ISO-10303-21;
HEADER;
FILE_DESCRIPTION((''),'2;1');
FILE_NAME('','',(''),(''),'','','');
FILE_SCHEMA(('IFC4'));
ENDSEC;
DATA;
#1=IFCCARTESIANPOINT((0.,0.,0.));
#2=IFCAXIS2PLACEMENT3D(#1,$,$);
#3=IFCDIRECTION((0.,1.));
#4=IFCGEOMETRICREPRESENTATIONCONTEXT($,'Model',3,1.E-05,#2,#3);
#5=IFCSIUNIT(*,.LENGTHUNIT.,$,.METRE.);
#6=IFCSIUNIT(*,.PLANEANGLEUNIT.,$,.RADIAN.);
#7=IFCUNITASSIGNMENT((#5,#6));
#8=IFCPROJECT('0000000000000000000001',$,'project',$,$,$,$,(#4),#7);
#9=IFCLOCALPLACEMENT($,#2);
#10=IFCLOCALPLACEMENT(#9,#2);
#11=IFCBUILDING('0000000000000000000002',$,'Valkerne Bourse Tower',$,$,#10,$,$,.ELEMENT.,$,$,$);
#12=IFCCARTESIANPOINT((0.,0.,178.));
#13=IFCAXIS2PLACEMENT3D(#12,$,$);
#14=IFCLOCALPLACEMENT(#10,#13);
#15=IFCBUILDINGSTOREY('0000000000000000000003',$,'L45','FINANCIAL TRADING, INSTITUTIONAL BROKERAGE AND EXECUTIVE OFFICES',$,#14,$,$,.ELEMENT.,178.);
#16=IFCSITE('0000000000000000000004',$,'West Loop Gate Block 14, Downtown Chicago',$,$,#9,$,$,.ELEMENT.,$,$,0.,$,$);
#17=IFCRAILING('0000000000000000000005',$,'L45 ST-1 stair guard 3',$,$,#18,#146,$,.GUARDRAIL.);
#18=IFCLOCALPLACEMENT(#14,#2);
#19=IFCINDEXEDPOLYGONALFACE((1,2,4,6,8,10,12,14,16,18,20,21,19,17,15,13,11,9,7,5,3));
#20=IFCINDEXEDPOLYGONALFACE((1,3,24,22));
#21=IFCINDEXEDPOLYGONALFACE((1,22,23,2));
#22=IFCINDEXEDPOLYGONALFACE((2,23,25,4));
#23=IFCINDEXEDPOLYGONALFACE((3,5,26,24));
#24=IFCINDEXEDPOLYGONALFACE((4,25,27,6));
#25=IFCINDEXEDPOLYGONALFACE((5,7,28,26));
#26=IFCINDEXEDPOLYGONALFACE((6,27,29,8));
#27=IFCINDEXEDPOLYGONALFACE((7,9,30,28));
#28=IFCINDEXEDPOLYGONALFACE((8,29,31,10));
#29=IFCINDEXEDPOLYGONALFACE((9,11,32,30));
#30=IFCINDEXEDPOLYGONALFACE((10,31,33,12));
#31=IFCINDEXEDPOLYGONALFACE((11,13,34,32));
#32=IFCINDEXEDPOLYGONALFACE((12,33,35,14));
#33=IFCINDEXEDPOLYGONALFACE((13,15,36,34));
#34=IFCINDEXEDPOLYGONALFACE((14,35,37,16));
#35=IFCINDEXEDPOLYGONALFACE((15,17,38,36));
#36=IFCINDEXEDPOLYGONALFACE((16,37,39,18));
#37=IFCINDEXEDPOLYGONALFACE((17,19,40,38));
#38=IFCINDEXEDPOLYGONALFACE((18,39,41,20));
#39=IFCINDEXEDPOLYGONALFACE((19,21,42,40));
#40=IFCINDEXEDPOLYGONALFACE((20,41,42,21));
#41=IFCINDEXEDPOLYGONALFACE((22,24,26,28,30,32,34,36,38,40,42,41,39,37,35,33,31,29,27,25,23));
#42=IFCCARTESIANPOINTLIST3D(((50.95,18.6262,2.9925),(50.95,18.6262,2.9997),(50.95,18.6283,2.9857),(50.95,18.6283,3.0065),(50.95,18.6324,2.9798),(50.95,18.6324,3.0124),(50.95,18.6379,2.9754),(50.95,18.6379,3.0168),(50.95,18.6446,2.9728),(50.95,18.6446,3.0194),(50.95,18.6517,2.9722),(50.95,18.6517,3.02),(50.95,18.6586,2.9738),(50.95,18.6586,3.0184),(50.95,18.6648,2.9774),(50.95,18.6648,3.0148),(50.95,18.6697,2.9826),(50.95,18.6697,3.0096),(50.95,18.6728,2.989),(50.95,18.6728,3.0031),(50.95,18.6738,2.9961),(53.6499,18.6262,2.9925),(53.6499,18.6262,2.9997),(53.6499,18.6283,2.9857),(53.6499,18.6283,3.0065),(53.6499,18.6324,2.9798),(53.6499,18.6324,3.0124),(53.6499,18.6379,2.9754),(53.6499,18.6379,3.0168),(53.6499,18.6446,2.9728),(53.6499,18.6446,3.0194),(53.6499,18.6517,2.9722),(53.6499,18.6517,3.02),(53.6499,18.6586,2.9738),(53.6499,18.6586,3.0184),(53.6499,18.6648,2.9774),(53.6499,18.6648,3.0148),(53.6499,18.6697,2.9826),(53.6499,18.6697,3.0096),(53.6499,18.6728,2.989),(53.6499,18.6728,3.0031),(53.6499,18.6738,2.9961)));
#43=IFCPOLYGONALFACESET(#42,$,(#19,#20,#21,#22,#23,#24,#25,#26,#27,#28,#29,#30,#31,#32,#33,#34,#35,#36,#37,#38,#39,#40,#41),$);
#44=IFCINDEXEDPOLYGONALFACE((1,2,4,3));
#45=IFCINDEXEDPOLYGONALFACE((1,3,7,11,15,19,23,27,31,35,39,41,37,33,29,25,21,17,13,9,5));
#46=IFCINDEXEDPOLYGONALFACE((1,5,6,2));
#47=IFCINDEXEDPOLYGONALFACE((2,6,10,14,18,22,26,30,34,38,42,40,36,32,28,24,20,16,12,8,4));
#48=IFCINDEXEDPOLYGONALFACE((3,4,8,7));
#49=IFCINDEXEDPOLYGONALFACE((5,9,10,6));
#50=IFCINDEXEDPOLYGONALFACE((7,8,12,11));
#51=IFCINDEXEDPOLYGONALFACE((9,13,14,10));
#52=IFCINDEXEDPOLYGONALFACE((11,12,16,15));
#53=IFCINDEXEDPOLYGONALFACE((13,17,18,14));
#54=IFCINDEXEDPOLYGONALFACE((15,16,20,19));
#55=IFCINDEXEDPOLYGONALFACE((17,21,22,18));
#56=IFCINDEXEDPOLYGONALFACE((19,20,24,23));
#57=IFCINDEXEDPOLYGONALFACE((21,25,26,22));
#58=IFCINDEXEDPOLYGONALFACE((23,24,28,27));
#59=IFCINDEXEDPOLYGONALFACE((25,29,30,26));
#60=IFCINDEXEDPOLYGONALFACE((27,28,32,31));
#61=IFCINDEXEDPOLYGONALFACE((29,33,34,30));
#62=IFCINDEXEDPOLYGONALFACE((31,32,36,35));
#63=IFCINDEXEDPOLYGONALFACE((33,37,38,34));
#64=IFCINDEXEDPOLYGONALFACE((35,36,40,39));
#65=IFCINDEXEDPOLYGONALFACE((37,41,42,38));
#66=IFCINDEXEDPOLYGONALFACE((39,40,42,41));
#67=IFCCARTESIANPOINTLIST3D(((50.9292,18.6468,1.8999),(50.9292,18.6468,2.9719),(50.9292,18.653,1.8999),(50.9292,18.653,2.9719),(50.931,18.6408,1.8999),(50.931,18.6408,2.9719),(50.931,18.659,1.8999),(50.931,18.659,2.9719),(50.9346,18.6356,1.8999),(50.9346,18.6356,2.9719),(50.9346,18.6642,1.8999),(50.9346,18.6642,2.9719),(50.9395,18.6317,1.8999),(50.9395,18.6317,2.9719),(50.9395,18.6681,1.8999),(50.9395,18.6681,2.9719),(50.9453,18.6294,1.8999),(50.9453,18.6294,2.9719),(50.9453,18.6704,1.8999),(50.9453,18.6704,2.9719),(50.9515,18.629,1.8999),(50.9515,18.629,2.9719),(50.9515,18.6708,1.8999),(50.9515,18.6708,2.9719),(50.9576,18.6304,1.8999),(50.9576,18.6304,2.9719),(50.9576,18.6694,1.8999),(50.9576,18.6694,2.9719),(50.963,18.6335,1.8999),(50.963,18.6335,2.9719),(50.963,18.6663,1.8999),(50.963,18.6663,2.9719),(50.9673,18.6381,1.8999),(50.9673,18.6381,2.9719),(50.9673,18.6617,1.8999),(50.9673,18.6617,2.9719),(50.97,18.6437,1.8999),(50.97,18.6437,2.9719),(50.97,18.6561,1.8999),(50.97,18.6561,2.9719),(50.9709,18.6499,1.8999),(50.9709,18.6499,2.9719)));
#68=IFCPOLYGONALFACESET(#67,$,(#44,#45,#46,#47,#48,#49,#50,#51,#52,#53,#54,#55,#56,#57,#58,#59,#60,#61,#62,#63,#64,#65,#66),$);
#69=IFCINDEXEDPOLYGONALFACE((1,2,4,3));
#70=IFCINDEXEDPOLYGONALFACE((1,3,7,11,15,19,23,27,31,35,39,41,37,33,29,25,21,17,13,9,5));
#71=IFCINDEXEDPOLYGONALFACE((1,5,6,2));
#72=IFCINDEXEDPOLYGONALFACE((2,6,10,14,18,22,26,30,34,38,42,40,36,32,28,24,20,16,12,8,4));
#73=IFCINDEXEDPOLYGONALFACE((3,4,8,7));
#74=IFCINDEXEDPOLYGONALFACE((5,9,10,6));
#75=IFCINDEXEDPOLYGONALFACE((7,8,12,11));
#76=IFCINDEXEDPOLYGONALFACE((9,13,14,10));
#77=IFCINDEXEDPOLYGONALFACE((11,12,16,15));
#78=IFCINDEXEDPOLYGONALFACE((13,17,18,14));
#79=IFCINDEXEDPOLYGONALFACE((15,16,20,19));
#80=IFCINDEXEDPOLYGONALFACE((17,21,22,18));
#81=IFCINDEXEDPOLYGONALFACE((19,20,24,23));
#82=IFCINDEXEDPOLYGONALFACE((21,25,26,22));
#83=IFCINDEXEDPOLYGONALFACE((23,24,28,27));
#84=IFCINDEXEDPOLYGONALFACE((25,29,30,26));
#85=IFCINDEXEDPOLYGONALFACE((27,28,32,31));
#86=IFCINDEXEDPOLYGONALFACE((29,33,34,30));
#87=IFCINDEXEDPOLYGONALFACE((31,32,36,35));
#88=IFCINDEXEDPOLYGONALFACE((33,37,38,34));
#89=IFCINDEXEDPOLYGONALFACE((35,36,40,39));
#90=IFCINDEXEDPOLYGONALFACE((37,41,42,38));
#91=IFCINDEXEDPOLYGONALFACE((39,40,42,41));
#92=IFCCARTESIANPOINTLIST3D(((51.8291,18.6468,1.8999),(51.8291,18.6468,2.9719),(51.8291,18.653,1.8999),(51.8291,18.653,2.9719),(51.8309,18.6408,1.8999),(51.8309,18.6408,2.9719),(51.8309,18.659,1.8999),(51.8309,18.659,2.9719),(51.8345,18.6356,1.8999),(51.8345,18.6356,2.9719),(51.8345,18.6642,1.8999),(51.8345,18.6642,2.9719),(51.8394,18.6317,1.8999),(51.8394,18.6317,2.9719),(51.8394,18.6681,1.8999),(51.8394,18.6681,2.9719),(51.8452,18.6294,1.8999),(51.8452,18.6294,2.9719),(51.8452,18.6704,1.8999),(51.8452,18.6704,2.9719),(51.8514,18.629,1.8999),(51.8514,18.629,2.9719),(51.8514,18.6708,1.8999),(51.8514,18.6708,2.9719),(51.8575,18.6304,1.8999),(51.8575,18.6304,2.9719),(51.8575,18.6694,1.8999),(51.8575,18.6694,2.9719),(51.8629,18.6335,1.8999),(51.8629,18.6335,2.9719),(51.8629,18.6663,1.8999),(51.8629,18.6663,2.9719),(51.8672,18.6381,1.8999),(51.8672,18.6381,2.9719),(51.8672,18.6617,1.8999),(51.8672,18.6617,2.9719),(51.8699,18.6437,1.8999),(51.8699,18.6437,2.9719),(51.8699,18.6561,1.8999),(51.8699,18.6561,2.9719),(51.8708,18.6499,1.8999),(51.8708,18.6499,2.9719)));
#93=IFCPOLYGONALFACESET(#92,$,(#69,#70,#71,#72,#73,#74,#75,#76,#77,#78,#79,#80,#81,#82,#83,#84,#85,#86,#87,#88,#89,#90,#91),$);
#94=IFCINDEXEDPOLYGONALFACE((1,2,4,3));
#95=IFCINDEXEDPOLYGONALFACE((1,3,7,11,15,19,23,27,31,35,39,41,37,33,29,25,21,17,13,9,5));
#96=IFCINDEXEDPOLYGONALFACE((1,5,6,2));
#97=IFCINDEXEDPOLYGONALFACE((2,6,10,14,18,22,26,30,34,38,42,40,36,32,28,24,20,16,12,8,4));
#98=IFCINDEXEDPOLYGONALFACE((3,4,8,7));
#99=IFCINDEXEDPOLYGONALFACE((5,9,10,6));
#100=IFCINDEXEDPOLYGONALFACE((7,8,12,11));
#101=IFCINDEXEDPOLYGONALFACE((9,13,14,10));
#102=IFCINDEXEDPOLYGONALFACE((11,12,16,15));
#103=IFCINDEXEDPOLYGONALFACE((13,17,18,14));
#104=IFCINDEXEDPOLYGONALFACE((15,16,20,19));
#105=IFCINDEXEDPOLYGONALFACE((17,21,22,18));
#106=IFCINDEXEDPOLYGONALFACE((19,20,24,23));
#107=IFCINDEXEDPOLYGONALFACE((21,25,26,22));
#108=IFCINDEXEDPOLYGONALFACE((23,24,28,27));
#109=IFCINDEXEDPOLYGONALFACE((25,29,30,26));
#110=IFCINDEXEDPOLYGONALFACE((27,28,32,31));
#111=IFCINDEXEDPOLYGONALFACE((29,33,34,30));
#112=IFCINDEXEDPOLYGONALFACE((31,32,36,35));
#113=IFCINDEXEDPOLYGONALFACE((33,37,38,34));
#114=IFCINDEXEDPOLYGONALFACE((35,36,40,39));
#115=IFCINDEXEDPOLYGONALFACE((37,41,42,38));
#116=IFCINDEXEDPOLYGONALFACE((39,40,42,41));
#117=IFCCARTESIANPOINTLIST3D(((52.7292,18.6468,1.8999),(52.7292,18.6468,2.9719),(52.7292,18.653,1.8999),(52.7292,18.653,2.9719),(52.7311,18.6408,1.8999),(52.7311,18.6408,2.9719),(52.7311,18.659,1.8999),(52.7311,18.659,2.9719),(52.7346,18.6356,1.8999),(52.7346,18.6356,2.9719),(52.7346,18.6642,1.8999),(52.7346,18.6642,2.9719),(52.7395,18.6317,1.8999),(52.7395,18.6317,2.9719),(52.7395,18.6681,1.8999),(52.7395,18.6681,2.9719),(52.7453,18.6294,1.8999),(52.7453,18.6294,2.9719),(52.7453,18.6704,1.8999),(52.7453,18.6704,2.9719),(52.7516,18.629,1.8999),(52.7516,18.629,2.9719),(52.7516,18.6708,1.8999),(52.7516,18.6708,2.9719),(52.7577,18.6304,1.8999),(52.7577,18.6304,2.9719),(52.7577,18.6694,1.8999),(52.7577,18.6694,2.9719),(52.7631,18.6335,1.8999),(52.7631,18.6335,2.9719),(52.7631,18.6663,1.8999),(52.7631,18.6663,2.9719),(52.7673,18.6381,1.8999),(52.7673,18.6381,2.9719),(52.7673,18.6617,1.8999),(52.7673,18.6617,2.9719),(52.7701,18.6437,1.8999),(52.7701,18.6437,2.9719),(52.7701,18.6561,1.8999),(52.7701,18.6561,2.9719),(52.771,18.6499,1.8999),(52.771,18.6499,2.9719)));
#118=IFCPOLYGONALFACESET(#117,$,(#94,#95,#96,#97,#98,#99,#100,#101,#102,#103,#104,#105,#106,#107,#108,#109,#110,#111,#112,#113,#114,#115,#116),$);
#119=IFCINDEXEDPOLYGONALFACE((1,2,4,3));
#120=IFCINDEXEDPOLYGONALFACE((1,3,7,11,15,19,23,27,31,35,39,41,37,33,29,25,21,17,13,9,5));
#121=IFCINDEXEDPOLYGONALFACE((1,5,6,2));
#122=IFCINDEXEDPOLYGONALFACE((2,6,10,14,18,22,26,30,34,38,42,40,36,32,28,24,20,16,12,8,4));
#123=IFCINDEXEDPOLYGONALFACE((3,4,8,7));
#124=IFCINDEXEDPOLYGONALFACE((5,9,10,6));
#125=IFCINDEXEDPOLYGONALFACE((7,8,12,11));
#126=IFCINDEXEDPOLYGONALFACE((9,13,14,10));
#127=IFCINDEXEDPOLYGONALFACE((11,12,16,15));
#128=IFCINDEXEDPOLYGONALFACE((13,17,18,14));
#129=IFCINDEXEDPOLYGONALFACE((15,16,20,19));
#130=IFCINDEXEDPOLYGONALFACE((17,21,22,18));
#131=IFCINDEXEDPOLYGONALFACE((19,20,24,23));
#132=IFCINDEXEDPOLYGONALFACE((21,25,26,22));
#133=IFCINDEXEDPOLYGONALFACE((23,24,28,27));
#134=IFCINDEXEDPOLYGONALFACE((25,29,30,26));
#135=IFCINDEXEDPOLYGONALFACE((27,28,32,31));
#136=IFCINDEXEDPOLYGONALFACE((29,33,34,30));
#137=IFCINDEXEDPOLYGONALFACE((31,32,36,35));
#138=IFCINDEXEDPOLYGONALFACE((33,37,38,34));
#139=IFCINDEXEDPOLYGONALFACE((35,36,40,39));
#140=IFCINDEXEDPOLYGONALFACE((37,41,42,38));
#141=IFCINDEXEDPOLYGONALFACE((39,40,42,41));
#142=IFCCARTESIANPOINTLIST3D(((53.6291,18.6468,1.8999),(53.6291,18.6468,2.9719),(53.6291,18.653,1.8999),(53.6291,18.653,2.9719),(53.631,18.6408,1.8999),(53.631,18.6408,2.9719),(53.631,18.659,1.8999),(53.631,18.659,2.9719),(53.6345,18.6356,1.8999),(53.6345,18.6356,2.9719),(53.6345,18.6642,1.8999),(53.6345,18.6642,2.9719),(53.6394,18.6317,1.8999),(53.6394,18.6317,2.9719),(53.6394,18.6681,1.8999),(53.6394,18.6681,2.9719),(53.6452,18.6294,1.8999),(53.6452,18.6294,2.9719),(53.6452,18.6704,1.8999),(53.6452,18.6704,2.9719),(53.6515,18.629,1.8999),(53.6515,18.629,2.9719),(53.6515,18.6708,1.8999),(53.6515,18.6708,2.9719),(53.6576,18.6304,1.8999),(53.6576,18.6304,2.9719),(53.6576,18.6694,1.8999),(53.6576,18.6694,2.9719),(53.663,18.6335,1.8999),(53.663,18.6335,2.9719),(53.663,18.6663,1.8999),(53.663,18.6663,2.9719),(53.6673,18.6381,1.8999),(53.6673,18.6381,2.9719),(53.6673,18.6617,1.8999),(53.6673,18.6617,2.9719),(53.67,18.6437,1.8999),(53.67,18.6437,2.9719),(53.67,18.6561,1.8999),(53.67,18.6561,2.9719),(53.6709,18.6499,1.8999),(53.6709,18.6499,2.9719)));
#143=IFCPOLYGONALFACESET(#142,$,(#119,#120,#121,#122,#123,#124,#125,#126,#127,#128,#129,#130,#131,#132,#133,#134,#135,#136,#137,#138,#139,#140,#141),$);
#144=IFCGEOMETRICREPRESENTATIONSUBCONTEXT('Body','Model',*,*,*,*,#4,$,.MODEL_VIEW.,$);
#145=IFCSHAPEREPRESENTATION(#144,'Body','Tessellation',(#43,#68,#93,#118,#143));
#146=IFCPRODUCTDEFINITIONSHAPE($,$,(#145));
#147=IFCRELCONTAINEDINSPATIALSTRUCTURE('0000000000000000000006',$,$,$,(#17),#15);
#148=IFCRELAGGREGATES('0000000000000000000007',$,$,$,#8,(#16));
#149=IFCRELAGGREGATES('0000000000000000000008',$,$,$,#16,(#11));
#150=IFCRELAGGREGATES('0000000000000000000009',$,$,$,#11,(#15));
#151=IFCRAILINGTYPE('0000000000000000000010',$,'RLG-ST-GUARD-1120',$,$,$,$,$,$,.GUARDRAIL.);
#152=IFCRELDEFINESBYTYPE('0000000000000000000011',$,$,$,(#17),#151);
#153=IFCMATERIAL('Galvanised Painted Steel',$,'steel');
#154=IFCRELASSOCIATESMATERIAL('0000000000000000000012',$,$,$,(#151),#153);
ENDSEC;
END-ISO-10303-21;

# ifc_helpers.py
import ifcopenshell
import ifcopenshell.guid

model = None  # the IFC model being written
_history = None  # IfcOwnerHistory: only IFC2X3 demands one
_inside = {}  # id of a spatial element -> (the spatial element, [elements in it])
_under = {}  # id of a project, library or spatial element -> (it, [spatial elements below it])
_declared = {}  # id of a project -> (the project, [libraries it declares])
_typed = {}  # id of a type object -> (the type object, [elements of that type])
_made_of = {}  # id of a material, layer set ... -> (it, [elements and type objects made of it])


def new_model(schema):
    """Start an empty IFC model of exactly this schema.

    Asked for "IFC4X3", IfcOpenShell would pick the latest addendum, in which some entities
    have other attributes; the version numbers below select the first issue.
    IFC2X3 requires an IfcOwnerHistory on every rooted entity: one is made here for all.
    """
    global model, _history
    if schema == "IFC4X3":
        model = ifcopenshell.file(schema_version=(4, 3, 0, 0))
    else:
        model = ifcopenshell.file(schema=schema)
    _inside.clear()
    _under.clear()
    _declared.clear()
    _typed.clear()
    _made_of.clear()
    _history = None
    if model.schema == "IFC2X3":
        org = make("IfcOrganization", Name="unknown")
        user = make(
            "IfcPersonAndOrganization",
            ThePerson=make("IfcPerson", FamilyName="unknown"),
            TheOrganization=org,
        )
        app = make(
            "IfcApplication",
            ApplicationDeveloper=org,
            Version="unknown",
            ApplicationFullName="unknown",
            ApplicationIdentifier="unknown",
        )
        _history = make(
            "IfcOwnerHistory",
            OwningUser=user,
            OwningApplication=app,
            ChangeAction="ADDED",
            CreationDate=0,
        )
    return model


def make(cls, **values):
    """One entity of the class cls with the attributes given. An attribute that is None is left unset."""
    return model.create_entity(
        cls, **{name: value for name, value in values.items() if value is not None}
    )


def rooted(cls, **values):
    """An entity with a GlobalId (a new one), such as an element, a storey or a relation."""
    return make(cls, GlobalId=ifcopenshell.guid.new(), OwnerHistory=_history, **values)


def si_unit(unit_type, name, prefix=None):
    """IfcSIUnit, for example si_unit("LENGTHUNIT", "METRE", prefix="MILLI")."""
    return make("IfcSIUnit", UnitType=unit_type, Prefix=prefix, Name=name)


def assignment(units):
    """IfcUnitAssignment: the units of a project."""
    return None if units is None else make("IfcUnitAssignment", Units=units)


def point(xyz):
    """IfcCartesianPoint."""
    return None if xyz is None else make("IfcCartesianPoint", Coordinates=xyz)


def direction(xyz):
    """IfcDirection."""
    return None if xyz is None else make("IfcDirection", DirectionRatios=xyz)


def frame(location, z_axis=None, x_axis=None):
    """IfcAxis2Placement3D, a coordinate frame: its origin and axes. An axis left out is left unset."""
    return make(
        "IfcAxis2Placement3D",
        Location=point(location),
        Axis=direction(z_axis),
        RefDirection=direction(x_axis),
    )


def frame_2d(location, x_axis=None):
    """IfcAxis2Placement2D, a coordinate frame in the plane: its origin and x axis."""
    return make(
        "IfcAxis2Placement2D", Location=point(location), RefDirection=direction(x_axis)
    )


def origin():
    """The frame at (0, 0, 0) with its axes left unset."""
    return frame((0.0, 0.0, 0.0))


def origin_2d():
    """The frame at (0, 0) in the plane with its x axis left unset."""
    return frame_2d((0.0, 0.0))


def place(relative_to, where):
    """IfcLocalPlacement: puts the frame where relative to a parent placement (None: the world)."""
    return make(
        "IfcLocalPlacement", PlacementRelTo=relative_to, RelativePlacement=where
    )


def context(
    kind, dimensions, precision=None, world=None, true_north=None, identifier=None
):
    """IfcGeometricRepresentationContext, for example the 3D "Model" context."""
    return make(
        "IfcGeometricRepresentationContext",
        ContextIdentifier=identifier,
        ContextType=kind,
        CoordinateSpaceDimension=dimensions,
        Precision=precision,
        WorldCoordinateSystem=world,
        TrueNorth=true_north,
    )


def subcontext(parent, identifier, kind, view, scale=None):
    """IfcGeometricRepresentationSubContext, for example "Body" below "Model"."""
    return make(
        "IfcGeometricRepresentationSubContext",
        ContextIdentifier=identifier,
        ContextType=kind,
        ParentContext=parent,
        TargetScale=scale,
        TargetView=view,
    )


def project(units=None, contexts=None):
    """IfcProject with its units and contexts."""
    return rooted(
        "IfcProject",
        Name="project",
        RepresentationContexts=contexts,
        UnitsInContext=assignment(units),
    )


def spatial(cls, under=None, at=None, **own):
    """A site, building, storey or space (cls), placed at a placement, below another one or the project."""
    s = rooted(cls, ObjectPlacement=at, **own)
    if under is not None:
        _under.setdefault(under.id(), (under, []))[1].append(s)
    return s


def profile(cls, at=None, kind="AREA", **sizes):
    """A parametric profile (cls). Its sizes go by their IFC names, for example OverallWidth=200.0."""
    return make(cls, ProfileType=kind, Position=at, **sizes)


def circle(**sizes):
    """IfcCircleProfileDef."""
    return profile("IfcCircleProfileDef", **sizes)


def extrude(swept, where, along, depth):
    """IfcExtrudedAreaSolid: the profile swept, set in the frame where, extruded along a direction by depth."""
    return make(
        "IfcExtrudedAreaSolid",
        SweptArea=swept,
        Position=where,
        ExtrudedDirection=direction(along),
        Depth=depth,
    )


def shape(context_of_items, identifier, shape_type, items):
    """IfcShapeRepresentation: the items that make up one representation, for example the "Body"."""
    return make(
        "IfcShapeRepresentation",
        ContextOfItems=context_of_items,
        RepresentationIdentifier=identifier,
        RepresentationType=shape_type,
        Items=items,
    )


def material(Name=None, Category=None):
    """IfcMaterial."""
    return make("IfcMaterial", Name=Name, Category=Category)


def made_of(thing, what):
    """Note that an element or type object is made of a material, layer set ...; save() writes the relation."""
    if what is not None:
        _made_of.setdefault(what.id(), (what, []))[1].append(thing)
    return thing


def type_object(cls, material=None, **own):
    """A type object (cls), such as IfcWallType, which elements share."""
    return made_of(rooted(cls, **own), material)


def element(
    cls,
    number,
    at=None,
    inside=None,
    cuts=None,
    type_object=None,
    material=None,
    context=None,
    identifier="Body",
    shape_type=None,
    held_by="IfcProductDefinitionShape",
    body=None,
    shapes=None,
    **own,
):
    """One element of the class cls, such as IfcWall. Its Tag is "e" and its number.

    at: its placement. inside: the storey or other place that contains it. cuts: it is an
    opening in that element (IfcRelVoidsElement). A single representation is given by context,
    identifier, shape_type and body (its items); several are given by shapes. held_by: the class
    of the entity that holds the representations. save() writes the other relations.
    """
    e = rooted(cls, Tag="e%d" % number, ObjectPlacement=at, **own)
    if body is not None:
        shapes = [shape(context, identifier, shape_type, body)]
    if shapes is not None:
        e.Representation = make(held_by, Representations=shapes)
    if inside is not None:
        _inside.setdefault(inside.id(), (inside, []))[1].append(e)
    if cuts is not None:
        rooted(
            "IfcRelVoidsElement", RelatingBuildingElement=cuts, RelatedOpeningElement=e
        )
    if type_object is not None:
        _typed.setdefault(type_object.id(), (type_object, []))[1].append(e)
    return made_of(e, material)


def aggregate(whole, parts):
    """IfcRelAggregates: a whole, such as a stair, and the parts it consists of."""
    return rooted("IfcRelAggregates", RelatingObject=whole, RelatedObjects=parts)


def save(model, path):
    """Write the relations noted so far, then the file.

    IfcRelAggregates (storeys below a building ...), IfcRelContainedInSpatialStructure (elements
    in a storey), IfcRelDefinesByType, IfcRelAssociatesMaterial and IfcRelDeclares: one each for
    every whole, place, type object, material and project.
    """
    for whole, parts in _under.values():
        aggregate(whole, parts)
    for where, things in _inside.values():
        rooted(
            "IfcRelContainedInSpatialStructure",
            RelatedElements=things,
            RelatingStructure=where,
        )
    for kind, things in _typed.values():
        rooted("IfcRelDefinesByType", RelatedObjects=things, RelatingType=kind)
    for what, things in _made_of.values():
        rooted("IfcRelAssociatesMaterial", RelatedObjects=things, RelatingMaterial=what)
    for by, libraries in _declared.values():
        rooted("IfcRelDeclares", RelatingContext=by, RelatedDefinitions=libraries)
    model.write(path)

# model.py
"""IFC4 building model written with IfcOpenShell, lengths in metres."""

from ifc_helpers import new_model, si_unit, direction, frame, origin, origin_2d, place, context, subcontext, project, spatial, circle, extrude, material, type_object, element, save


model = new_model("IFC4")

# Units and contexts
model_context = context("Model", 3, precision=1e-05, world=origin(), true_north=direction((0.0, 1.0)))
body_context = subcontext(model_context, "Body", "Model", "MODEL_VIEW")
ifc_project = project(units=[si_unit("LENGTHUNIT", "METRE"), si_unit("PLANEANGLEUNIT", "RADIAN")], contexts=[model_context])

# Site, building, storey
site_placement = place(None, origin())
site = spatial("IfcSite", under=ifc_project, at=site_placement, Name="West Loop Gate Block 14, Downtown Chicago", CompositionType="ELEMENT", RefElevation=0.0)
building_placement = place(site_placement, origin())
building = spatial("IfcBuilding", under=site, at=building_placement, Name="Valkerne Bourse Tower", CompositionType="ELEMENT")
storey_placement = place(building_placement, frame((0.0, 0.0, 178.0)))
storey = spatial("IfcBuildingStorey", under=building, at=storey_placement, Name="L45", Description="FINANCIAL TRADING, INSTITUTIONAL BROKERAGE AND EXECUTIVE OFFICES", CompositionType="ELEMENT", Elevation=178.0)

# Shared definitions
ifc_material_1 = material(Name="Galvanised Painted Steel", Category="steel")

# Railing
railing_type_1 = type_object("IfcRailingType", Name="RLG-ST-GUARD-1120", PredefinedType="GUARDRAIL", material=ifc_material_1)
for number, where, name in (
    (1, (50.95, 18.6499, 1.8999), "L45 ST-1 stair guard 3"),
):
    element("IfcRailing", number, at=place(storey_placement, frame(where)), inside=storey, type_object=railing_type_1, Name=name, PredefinedType="GUARDRAIL", context=body_context, shape_type="SweptSolid", body=[
        extrude(circle(Radius=0.0239, at=origin_2d()), frame((0.0, 0.0, 1.0962), z_axis=(1.0, 0.0, 0.0), x_axis=(0.0, 1.0, 0.0)), (0.0, 0.0, 1.0), 2.7),
        extrude(circle(Radius=0.021, at=origin_2d()), origin(), (0.0, 0.0, 1.0), 1.072),
        extrude(circle(Radius=0.021, at=origin_2d()), frame((0.8999, 0.0, 0.0)), (0.0, 0.0, 1.0), 1.072),
        extrude(circle(Radius=0.021, at=origin_2d()), frame((1.8, 0.0, 0.0)), (0.0, 0.0, 1.0), 1.072),
        extrude(circle(Radius=0.021, at=origin_2d()), frame((2.7, 0.0, 0.0)), (0.0, 0.0, 1.0), 1.072),
    ])

save(model, "model.ifc")
